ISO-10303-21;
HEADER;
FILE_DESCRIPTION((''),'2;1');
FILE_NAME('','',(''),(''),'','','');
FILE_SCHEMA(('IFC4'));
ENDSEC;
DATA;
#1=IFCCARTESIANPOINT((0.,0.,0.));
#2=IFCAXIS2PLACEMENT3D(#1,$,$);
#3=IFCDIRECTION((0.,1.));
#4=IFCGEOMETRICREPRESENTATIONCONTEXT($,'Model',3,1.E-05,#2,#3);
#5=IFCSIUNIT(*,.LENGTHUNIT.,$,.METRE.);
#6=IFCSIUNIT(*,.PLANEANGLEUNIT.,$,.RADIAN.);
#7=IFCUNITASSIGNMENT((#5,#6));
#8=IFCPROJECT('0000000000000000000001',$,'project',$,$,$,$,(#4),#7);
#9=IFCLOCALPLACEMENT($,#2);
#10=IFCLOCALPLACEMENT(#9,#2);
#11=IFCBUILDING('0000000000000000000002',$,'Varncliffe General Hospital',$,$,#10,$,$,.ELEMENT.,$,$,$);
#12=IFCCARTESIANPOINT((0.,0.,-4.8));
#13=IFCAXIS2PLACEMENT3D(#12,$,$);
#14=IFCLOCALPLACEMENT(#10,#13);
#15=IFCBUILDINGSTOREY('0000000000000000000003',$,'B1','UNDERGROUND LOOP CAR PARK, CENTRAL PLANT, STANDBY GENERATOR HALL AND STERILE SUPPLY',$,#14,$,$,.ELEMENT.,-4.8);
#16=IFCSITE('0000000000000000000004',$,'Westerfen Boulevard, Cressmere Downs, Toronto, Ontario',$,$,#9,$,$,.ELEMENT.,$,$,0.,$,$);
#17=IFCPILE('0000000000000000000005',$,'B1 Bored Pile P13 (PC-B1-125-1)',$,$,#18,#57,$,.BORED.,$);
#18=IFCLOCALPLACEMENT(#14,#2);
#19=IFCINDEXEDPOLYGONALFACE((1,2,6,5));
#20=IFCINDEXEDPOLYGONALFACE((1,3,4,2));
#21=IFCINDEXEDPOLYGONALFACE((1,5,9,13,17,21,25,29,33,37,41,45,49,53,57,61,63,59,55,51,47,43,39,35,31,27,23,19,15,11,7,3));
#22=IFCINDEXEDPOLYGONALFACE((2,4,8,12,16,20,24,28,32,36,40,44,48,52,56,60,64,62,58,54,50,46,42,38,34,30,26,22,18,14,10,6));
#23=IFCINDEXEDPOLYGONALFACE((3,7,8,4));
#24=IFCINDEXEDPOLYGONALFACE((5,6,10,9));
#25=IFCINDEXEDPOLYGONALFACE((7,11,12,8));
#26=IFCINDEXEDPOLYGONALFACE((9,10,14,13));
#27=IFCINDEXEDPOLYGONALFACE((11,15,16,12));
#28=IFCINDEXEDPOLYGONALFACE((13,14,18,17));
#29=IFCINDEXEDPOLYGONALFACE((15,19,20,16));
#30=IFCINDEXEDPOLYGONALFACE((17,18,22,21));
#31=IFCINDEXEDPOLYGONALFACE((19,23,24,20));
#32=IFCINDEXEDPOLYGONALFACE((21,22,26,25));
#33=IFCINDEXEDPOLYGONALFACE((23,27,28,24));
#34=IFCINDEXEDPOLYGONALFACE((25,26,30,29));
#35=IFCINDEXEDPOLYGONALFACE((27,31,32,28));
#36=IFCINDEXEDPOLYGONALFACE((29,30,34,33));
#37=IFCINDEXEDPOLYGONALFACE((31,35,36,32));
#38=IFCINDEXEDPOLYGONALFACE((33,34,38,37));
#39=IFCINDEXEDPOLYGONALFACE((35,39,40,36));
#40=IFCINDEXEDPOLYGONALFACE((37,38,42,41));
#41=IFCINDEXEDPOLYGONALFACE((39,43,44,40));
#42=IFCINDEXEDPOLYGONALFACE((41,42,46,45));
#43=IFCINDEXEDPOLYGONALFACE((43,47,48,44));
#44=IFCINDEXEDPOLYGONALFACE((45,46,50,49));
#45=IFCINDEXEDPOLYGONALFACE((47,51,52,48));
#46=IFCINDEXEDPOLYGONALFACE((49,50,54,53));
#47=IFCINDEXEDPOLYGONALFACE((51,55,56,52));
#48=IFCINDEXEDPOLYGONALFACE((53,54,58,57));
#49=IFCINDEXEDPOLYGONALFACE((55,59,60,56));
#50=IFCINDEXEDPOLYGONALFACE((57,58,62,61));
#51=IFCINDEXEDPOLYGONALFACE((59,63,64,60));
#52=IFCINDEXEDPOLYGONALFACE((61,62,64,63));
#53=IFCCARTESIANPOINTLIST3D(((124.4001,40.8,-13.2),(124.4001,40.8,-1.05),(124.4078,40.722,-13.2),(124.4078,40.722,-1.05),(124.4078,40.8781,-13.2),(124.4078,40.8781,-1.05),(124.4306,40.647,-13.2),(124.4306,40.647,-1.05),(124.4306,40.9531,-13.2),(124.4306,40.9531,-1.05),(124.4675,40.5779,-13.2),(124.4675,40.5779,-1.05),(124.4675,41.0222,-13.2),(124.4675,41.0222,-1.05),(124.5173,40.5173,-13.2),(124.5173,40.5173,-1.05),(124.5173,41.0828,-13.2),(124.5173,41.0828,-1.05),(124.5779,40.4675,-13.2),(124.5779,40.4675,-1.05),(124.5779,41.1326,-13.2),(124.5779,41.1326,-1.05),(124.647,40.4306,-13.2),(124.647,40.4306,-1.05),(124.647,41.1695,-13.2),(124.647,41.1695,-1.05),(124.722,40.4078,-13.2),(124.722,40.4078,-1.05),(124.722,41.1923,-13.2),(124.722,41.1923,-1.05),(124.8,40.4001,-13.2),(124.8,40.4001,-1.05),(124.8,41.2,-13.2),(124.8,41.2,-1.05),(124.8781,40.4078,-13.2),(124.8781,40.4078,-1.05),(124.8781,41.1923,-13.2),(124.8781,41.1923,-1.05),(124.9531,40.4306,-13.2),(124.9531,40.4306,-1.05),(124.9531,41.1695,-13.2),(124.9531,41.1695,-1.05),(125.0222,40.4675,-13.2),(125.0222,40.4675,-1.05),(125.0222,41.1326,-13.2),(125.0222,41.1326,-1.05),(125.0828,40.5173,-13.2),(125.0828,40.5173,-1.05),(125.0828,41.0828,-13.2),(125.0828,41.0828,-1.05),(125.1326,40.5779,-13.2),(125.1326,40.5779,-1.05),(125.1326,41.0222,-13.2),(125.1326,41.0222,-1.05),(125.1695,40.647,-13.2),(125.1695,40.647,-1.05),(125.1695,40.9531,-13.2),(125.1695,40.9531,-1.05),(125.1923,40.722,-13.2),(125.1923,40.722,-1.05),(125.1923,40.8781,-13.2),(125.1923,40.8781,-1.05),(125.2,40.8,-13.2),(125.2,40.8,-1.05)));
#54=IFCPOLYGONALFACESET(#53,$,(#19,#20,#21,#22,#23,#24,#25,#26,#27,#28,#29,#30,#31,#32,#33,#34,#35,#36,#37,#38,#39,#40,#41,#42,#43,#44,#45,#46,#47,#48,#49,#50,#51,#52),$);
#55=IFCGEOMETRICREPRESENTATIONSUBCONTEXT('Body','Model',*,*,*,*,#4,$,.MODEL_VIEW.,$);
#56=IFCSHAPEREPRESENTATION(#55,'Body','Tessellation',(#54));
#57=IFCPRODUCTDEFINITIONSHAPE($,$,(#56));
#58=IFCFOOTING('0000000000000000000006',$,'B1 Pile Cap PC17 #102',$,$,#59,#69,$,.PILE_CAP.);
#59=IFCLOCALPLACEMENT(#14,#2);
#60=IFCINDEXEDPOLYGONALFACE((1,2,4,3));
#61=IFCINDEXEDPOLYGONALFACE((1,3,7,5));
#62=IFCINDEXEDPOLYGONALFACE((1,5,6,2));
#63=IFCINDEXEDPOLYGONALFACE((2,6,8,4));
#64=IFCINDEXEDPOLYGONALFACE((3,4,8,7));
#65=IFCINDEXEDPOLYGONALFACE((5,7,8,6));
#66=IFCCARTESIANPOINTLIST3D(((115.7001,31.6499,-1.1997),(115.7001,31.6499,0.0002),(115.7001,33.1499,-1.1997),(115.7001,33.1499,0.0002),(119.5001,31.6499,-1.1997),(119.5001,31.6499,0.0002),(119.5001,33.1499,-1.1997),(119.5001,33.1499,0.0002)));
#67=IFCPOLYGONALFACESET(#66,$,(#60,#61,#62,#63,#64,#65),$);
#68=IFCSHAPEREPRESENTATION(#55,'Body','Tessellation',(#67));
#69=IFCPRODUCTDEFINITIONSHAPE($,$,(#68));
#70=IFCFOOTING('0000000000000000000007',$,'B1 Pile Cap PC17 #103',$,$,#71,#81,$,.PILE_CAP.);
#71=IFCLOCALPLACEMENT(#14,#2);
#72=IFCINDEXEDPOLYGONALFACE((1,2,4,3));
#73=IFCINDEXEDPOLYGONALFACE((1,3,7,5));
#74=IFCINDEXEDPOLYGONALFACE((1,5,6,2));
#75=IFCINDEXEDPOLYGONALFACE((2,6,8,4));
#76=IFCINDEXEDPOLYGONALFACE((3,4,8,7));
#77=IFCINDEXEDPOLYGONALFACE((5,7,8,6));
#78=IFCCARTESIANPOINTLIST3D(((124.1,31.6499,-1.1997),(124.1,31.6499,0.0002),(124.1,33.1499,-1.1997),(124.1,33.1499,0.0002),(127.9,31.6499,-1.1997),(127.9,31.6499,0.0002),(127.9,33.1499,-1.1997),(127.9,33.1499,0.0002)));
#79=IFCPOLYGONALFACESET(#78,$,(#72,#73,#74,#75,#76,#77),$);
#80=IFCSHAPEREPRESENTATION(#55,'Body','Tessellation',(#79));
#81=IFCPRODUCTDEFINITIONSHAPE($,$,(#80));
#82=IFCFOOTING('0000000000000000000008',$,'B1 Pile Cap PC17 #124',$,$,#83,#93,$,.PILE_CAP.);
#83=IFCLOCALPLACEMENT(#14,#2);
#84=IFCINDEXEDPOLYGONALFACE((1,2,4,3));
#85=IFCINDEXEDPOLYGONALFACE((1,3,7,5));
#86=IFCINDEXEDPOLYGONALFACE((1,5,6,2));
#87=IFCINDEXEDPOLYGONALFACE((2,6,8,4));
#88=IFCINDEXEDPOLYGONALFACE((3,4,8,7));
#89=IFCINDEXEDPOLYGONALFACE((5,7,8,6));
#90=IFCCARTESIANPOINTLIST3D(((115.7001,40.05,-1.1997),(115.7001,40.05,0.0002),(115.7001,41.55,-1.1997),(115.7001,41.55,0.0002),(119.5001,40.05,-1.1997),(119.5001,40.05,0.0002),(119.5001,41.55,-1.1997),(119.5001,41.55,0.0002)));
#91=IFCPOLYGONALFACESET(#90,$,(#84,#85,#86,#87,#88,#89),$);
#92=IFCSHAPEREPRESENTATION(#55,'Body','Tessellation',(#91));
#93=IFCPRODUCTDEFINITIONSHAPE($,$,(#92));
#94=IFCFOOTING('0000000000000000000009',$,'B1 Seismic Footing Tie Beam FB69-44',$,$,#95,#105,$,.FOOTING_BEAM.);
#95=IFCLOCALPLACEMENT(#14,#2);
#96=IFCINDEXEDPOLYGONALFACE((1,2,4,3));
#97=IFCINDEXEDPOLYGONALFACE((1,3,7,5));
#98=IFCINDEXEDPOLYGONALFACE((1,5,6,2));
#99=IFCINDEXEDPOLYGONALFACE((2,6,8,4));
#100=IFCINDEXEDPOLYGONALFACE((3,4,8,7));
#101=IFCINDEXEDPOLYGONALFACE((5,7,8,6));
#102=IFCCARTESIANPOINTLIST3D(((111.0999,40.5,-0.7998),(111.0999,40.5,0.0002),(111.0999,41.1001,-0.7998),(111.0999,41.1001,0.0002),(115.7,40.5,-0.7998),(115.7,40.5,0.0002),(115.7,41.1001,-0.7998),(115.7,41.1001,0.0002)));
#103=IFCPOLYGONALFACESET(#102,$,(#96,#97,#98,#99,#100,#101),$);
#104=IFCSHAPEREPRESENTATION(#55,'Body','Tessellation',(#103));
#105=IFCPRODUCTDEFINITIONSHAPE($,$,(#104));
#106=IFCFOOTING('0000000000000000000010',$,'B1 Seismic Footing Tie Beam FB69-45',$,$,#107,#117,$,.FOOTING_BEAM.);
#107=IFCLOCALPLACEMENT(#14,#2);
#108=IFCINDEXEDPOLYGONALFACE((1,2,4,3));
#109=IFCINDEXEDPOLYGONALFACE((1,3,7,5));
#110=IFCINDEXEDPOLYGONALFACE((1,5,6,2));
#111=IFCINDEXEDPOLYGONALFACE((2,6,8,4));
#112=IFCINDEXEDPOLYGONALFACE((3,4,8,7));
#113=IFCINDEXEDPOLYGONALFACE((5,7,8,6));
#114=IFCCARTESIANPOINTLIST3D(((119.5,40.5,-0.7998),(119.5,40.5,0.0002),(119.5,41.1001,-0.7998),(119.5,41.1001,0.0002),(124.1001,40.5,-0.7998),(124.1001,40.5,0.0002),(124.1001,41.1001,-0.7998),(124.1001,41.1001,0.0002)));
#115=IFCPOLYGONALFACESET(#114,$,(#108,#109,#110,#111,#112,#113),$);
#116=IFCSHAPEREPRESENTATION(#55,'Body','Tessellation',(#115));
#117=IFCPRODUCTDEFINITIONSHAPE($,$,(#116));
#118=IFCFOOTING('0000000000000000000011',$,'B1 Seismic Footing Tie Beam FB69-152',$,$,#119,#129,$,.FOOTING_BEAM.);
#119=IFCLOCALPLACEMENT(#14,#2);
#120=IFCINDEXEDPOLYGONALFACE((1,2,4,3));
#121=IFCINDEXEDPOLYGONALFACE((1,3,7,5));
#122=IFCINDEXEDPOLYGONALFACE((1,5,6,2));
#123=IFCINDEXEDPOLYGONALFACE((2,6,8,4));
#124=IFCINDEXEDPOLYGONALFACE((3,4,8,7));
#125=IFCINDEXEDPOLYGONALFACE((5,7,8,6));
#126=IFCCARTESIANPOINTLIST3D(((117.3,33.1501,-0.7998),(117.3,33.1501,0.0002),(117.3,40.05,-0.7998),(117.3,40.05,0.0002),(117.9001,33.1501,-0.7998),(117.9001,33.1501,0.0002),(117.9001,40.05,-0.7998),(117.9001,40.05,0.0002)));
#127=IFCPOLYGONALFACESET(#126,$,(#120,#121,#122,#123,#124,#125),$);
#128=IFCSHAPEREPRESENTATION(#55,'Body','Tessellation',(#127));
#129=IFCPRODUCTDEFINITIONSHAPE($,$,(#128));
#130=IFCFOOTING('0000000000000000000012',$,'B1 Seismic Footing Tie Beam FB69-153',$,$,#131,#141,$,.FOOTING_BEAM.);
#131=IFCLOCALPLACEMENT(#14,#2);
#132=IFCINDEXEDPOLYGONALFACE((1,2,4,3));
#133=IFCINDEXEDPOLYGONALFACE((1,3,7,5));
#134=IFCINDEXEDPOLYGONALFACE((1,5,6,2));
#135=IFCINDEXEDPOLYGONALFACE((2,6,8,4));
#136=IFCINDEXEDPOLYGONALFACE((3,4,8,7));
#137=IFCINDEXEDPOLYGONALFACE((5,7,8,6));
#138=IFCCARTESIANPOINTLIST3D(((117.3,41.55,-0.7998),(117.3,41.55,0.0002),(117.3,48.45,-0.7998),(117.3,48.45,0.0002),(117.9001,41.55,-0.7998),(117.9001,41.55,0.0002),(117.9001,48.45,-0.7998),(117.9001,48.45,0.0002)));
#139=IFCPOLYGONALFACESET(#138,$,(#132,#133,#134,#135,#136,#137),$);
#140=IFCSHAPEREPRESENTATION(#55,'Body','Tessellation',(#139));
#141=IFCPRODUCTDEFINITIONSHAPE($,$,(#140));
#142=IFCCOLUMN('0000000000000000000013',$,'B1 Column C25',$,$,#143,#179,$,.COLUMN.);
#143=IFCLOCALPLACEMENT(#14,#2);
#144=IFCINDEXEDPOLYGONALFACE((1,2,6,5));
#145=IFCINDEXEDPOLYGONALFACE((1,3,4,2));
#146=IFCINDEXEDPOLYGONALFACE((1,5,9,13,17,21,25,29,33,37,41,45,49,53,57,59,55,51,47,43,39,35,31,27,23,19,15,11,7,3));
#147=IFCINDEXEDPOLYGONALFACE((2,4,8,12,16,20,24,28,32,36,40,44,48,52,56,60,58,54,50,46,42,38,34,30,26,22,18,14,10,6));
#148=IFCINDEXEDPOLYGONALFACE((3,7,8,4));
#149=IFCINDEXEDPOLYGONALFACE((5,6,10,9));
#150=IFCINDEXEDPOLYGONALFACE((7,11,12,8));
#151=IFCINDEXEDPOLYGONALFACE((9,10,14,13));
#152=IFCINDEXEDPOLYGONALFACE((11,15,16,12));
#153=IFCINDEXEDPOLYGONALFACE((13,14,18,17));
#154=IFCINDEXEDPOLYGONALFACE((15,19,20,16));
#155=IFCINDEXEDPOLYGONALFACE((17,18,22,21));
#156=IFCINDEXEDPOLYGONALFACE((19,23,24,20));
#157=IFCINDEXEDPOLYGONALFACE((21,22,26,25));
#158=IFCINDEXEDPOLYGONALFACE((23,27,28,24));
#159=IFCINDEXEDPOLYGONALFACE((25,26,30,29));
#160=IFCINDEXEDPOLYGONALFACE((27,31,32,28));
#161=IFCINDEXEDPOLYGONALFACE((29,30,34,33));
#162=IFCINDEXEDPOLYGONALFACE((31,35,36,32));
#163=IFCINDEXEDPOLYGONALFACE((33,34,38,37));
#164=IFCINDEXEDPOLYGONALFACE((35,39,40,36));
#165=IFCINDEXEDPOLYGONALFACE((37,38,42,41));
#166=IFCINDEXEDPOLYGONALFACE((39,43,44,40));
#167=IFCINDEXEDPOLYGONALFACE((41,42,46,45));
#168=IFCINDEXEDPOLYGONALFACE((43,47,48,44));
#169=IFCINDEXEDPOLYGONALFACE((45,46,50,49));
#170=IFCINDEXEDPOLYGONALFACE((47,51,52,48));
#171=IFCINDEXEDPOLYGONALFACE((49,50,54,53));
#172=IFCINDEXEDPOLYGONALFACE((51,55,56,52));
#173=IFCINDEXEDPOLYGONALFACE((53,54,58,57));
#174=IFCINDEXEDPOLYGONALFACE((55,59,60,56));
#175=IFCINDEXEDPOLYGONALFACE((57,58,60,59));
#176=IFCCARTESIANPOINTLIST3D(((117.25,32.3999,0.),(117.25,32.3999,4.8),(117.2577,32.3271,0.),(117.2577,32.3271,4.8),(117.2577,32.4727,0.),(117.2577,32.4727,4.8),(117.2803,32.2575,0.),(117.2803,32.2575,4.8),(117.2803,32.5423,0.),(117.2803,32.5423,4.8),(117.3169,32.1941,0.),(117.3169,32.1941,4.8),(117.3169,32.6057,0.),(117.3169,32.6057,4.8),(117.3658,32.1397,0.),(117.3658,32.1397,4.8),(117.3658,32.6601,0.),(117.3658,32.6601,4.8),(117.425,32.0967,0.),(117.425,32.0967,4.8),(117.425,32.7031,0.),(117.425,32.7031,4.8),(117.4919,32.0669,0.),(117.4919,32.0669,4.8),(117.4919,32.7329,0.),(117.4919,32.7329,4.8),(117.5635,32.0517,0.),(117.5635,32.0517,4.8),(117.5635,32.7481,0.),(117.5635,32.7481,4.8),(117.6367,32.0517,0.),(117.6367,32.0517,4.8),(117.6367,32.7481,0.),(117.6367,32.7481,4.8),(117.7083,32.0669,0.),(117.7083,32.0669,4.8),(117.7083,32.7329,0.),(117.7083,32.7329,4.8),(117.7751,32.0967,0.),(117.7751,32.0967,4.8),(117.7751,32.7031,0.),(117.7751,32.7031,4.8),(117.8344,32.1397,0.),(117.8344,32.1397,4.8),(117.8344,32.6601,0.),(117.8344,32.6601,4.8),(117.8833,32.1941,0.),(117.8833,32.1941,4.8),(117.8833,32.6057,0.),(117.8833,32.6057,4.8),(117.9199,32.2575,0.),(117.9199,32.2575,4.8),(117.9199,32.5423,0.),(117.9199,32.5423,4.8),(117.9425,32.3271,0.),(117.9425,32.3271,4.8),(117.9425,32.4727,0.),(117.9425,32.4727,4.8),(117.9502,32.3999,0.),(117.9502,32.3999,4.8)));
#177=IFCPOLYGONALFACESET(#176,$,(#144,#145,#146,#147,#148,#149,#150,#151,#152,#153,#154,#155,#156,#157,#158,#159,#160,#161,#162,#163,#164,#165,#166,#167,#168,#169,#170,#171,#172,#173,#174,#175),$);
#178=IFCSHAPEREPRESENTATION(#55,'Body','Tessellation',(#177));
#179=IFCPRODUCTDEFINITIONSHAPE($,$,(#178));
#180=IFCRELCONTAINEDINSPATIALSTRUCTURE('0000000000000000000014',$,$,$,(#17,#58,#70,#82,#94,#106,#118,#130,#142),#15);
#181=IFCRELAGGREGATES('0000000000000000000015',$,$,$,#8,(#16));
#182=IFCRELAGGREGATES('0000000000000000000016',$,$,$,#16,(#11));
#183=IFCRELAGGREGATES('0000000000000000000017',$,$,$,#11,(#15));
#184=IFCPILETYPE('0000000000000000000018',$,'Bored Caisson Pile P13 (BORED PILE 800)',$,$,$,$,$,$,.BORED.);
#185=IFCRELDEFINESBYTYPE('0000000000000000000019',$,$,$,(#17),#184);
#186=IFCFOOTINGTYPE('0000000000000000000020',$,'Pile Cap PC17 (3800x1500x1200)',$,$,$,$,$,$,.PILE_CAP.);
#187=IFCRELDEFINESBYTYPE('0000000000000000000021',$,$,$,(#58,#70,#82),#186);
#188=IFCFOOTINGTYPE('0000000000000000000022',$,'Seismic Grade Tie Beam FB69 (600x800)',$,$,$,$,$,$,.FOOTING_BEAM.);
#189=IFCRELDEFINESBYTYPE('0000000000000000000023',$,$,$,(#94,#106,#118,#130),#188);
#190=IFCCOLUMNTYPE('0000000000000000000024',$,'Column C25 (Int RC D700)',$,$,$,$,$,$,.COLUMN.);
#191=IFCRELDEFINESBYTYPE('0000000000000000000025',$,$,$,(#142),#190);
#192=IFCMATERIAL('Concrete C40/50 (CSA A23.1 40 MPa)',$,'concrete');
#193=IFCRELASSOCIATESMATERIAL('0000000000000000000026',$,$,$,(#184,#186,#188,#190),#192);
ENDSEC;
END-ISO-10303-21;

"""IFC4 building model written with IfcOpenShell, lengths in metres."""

from ifc_helpers import new_model, si_unit, direction, frame, origin, origin_2d, place, context, subcontext, project, spatial, rectangle, circle, extrude, material, material_profile, profile_set, type_object, element, save


model = new_model("IFC4")

# Units and contexts
model_context = context("Model", 3, precision=1e-05, world=origin(), true_north=direction((0.0, 1.0)))
body_context = subcontext(model_context, "Body", "Model", "MODEL_VIEW")
ifc_project = project(units=[si_unit("LENGTHUNIT", "METRE"), si_unit("PLANEANGLEUNIT", "RADIAN")], contexts=[model_context])

# Site, building, storey
site_placement = place(None, origin())
site = spatial("IfcSite", under=ifc_project, at=site_placement, Name="Westerfen Boulevard, Cressmere Downs, Toronto, Ontario", CompositionType="ELEMENT", RefElevation=0.0)
building_placement = place(site_placement, origin())
building = spatial("IfcBuilding", under=site, at=building_placement, Name="Varncliffe General Hospital", CompositionType="ELEMENT")
storey_placement = place(building_placement, frame((0.0, 0.0, -4.8)))
storey = spatial("IfcBuildingStorey", under=building, at=storey_placement, Name="B1", Description="UNDERGROUND LOOP CAR PARK, CENTRAL PLANT, STANDBY GENERATOR HALL AND STERILE SUPPLY", CompositionType="ELEMENT", Elevation=-4.8)

# Pile
ifc_material_1 = material(Name="Concrete C40/50 (CSA A23.1 40 MPa)", Category="concrete")
ifc_material_profile_1 = material_profile(ifc_material_1, circle(Radius=0.3999, at=origin_2d()), Name="BORED PILE 800")
ifc_profile_set_1 = profile_set([ifc_material_profile_1], Name="Concrete C40/50 (CSA A23.1 40 MPa)")
pile_type = type_object("IfcPileType", Name="Bored Caisson Pile P13 (BORED PILE 800)", PredefinedType="BORED", material=ifc_profile_set_1)
for number, where, z_axis, x_axis, name in (
    (1, (124.8, 40.8, -1.05), (0.0, 0.0, -1.0), (1.0, 0.0, 0.0), "B1 Bored Pile P13 (PC-B1-125-1)"),
):
    element("IfcPile", number, at=place(storey_placement, frame(where, z_axis=z_axis, x_axis=x_axis)), inside=storey, type_object=pile_type, Name=name, PredefinedType="BORED", context=body_context, shape_type="SweptSolid", body=[
        extrude(circle(Radius=0.3999, at=origin_2d()), origin(), (0.0, 0.0, 1.0), 12.1499),
    ])

# Footings
footing_type_1 = type_object("IfcFootingType", Name="Pile Cap PC17 (3800x1500x1200)", PredefinedType="PILE_CAP", material=ifc_material_1)
for number, where, z_axis, x_axis, name in (
    (2, (117.6001, 32.3999, -1.1997), (0.0, 0.0, 1.0), (1.0, 0.0, 0.0), "B1 Pile Cap PC17 #102"),
    (3, (126.0, 32.3999, -1.1997), (0.0, 0.0, 1.0), (1.0, 0.0, 0.0), "B1 Pile Cap PC17 #103"),
    (4, (117.6001, 40.8, -1.1997), (0.0, 0.0, 1.0), (1.0, 0.0, 0.0), "B1 Pile Cap PC17 #124"),
):
    element("IfcFooting", number, at=place(storey_placement, frame(where, z_axis=z_axis, x_axis=x_axis)), inside=storey, type_object=footing_type_1, Name=name, PredefinedType="PILE_CAP", context=body_context, shape_type="SweptSolid", body=[
        extrude(rectangle(XDim=3.8, YDim=1.5, at=origin_2d()), origin(), (0.0, 0.0, 1.0), 1.2),
    ])
footing_type_2 = type_object("IfcFootingType", Name="Seismic Grade Tie Beam FB69 (600x800)", PredefinedType="FOOTING_BEAM", material=ifc_material_1)
for number, where, z_axis, x_axis, name in (
    (5, (113.3999, 40.8, -0.7998), (0.0, 0.0, 1.0), (1.0, 0.0, 0.0), "B1 Seismic Footing Tie Beam FB69-44"),
    (6, (121.8, 40.8, -0.7998), (0.0, 0.0, 1.0), (1.0, 0.0, 0.0), "B1 Seismic Footing Tie Beam FB69-45"),
):
    element("IfcFooting", number, at=place(storey_placement, frame(where, z_axis=z_axis, x_axis=x_axis)), inside=storey, type_object=footing_type_2, Name=name, PredefinedType="FOOTING_BEAM", context=body_context, shape_type="SweptSolid", body=[
        extrude(rectangle(XDim=4.6001, YDim=0.6001, at=origin_2d()), origin(), (0.0, 0.0, 1.0), 0.8),
    ])
for number, where, z_axis, x_axis, name in (
    (7, (117.6001, 36.6001, -0.7998), (0.0, 0.0, 1.0), (1.0, 0.0, 0.0), "B1 Seismic Footing Tie Beam FB69-152"),
    (8, (117.6001, 45.0, -0.7998), (0.0, 0.0, 1.0), (1.0, 0.0, 0.0), "B1 Seismic Footing Tie Beam FB69-153"),
):
    element("IfcFooting", number, at=place(storey_placement, frame(where, z_axis=z_axis, x_axis=x_axis)), inside=storey, type_object=footing_type_2, Name=name, PredefinedType="FOOTING_BEAM", context=body_context, shape_type="SweptSolid", body=[
        extrude(rectangle(XDim=0.6001, YDim=6.8999, at=origin_2d()), origin(), (0.0, 0.0, 1.0), 0.8),
    ])

# Column
ifc_material_profile_2 = material_profile(ifc_material_1, circle(Radius=0.3501, at=origin_2d()), Name="RC D700")
ifc_profile_set_2 = profile_set([ifc_material_profile_2], Name="Concrete C40/50 (CSA A23.1 40 MPa)")
column_type_1 = type_object("IfcColumnType", Name="Column C25 (Int RC D700)", PredefinedType="COLUMN", material=ifc_profile_set_2)
for number, where, z_axis, x_axis, name in (
    (9, (117.6001, 32.3999, 0.0), (0.0, 0.0, 1.0), (1.0, 0.0, 0.0), "B1 Column C25"),
):
    element("IfcColumn", number, at=place(storey_placement, frame(where, z_axis=z_axis, x_axis=x_axis)), inside=storey, type_object=column_type_1, Name=name, PredefinedType="COLUMN", context=body_context, shape_type="SweptSolid", body=[
        extrude(circle(Radius=0.3501, at=origin_2d()), origin(), (0.0, 0.0, 1.0), 4.8),
    ])

save(model, "model.ifc")
